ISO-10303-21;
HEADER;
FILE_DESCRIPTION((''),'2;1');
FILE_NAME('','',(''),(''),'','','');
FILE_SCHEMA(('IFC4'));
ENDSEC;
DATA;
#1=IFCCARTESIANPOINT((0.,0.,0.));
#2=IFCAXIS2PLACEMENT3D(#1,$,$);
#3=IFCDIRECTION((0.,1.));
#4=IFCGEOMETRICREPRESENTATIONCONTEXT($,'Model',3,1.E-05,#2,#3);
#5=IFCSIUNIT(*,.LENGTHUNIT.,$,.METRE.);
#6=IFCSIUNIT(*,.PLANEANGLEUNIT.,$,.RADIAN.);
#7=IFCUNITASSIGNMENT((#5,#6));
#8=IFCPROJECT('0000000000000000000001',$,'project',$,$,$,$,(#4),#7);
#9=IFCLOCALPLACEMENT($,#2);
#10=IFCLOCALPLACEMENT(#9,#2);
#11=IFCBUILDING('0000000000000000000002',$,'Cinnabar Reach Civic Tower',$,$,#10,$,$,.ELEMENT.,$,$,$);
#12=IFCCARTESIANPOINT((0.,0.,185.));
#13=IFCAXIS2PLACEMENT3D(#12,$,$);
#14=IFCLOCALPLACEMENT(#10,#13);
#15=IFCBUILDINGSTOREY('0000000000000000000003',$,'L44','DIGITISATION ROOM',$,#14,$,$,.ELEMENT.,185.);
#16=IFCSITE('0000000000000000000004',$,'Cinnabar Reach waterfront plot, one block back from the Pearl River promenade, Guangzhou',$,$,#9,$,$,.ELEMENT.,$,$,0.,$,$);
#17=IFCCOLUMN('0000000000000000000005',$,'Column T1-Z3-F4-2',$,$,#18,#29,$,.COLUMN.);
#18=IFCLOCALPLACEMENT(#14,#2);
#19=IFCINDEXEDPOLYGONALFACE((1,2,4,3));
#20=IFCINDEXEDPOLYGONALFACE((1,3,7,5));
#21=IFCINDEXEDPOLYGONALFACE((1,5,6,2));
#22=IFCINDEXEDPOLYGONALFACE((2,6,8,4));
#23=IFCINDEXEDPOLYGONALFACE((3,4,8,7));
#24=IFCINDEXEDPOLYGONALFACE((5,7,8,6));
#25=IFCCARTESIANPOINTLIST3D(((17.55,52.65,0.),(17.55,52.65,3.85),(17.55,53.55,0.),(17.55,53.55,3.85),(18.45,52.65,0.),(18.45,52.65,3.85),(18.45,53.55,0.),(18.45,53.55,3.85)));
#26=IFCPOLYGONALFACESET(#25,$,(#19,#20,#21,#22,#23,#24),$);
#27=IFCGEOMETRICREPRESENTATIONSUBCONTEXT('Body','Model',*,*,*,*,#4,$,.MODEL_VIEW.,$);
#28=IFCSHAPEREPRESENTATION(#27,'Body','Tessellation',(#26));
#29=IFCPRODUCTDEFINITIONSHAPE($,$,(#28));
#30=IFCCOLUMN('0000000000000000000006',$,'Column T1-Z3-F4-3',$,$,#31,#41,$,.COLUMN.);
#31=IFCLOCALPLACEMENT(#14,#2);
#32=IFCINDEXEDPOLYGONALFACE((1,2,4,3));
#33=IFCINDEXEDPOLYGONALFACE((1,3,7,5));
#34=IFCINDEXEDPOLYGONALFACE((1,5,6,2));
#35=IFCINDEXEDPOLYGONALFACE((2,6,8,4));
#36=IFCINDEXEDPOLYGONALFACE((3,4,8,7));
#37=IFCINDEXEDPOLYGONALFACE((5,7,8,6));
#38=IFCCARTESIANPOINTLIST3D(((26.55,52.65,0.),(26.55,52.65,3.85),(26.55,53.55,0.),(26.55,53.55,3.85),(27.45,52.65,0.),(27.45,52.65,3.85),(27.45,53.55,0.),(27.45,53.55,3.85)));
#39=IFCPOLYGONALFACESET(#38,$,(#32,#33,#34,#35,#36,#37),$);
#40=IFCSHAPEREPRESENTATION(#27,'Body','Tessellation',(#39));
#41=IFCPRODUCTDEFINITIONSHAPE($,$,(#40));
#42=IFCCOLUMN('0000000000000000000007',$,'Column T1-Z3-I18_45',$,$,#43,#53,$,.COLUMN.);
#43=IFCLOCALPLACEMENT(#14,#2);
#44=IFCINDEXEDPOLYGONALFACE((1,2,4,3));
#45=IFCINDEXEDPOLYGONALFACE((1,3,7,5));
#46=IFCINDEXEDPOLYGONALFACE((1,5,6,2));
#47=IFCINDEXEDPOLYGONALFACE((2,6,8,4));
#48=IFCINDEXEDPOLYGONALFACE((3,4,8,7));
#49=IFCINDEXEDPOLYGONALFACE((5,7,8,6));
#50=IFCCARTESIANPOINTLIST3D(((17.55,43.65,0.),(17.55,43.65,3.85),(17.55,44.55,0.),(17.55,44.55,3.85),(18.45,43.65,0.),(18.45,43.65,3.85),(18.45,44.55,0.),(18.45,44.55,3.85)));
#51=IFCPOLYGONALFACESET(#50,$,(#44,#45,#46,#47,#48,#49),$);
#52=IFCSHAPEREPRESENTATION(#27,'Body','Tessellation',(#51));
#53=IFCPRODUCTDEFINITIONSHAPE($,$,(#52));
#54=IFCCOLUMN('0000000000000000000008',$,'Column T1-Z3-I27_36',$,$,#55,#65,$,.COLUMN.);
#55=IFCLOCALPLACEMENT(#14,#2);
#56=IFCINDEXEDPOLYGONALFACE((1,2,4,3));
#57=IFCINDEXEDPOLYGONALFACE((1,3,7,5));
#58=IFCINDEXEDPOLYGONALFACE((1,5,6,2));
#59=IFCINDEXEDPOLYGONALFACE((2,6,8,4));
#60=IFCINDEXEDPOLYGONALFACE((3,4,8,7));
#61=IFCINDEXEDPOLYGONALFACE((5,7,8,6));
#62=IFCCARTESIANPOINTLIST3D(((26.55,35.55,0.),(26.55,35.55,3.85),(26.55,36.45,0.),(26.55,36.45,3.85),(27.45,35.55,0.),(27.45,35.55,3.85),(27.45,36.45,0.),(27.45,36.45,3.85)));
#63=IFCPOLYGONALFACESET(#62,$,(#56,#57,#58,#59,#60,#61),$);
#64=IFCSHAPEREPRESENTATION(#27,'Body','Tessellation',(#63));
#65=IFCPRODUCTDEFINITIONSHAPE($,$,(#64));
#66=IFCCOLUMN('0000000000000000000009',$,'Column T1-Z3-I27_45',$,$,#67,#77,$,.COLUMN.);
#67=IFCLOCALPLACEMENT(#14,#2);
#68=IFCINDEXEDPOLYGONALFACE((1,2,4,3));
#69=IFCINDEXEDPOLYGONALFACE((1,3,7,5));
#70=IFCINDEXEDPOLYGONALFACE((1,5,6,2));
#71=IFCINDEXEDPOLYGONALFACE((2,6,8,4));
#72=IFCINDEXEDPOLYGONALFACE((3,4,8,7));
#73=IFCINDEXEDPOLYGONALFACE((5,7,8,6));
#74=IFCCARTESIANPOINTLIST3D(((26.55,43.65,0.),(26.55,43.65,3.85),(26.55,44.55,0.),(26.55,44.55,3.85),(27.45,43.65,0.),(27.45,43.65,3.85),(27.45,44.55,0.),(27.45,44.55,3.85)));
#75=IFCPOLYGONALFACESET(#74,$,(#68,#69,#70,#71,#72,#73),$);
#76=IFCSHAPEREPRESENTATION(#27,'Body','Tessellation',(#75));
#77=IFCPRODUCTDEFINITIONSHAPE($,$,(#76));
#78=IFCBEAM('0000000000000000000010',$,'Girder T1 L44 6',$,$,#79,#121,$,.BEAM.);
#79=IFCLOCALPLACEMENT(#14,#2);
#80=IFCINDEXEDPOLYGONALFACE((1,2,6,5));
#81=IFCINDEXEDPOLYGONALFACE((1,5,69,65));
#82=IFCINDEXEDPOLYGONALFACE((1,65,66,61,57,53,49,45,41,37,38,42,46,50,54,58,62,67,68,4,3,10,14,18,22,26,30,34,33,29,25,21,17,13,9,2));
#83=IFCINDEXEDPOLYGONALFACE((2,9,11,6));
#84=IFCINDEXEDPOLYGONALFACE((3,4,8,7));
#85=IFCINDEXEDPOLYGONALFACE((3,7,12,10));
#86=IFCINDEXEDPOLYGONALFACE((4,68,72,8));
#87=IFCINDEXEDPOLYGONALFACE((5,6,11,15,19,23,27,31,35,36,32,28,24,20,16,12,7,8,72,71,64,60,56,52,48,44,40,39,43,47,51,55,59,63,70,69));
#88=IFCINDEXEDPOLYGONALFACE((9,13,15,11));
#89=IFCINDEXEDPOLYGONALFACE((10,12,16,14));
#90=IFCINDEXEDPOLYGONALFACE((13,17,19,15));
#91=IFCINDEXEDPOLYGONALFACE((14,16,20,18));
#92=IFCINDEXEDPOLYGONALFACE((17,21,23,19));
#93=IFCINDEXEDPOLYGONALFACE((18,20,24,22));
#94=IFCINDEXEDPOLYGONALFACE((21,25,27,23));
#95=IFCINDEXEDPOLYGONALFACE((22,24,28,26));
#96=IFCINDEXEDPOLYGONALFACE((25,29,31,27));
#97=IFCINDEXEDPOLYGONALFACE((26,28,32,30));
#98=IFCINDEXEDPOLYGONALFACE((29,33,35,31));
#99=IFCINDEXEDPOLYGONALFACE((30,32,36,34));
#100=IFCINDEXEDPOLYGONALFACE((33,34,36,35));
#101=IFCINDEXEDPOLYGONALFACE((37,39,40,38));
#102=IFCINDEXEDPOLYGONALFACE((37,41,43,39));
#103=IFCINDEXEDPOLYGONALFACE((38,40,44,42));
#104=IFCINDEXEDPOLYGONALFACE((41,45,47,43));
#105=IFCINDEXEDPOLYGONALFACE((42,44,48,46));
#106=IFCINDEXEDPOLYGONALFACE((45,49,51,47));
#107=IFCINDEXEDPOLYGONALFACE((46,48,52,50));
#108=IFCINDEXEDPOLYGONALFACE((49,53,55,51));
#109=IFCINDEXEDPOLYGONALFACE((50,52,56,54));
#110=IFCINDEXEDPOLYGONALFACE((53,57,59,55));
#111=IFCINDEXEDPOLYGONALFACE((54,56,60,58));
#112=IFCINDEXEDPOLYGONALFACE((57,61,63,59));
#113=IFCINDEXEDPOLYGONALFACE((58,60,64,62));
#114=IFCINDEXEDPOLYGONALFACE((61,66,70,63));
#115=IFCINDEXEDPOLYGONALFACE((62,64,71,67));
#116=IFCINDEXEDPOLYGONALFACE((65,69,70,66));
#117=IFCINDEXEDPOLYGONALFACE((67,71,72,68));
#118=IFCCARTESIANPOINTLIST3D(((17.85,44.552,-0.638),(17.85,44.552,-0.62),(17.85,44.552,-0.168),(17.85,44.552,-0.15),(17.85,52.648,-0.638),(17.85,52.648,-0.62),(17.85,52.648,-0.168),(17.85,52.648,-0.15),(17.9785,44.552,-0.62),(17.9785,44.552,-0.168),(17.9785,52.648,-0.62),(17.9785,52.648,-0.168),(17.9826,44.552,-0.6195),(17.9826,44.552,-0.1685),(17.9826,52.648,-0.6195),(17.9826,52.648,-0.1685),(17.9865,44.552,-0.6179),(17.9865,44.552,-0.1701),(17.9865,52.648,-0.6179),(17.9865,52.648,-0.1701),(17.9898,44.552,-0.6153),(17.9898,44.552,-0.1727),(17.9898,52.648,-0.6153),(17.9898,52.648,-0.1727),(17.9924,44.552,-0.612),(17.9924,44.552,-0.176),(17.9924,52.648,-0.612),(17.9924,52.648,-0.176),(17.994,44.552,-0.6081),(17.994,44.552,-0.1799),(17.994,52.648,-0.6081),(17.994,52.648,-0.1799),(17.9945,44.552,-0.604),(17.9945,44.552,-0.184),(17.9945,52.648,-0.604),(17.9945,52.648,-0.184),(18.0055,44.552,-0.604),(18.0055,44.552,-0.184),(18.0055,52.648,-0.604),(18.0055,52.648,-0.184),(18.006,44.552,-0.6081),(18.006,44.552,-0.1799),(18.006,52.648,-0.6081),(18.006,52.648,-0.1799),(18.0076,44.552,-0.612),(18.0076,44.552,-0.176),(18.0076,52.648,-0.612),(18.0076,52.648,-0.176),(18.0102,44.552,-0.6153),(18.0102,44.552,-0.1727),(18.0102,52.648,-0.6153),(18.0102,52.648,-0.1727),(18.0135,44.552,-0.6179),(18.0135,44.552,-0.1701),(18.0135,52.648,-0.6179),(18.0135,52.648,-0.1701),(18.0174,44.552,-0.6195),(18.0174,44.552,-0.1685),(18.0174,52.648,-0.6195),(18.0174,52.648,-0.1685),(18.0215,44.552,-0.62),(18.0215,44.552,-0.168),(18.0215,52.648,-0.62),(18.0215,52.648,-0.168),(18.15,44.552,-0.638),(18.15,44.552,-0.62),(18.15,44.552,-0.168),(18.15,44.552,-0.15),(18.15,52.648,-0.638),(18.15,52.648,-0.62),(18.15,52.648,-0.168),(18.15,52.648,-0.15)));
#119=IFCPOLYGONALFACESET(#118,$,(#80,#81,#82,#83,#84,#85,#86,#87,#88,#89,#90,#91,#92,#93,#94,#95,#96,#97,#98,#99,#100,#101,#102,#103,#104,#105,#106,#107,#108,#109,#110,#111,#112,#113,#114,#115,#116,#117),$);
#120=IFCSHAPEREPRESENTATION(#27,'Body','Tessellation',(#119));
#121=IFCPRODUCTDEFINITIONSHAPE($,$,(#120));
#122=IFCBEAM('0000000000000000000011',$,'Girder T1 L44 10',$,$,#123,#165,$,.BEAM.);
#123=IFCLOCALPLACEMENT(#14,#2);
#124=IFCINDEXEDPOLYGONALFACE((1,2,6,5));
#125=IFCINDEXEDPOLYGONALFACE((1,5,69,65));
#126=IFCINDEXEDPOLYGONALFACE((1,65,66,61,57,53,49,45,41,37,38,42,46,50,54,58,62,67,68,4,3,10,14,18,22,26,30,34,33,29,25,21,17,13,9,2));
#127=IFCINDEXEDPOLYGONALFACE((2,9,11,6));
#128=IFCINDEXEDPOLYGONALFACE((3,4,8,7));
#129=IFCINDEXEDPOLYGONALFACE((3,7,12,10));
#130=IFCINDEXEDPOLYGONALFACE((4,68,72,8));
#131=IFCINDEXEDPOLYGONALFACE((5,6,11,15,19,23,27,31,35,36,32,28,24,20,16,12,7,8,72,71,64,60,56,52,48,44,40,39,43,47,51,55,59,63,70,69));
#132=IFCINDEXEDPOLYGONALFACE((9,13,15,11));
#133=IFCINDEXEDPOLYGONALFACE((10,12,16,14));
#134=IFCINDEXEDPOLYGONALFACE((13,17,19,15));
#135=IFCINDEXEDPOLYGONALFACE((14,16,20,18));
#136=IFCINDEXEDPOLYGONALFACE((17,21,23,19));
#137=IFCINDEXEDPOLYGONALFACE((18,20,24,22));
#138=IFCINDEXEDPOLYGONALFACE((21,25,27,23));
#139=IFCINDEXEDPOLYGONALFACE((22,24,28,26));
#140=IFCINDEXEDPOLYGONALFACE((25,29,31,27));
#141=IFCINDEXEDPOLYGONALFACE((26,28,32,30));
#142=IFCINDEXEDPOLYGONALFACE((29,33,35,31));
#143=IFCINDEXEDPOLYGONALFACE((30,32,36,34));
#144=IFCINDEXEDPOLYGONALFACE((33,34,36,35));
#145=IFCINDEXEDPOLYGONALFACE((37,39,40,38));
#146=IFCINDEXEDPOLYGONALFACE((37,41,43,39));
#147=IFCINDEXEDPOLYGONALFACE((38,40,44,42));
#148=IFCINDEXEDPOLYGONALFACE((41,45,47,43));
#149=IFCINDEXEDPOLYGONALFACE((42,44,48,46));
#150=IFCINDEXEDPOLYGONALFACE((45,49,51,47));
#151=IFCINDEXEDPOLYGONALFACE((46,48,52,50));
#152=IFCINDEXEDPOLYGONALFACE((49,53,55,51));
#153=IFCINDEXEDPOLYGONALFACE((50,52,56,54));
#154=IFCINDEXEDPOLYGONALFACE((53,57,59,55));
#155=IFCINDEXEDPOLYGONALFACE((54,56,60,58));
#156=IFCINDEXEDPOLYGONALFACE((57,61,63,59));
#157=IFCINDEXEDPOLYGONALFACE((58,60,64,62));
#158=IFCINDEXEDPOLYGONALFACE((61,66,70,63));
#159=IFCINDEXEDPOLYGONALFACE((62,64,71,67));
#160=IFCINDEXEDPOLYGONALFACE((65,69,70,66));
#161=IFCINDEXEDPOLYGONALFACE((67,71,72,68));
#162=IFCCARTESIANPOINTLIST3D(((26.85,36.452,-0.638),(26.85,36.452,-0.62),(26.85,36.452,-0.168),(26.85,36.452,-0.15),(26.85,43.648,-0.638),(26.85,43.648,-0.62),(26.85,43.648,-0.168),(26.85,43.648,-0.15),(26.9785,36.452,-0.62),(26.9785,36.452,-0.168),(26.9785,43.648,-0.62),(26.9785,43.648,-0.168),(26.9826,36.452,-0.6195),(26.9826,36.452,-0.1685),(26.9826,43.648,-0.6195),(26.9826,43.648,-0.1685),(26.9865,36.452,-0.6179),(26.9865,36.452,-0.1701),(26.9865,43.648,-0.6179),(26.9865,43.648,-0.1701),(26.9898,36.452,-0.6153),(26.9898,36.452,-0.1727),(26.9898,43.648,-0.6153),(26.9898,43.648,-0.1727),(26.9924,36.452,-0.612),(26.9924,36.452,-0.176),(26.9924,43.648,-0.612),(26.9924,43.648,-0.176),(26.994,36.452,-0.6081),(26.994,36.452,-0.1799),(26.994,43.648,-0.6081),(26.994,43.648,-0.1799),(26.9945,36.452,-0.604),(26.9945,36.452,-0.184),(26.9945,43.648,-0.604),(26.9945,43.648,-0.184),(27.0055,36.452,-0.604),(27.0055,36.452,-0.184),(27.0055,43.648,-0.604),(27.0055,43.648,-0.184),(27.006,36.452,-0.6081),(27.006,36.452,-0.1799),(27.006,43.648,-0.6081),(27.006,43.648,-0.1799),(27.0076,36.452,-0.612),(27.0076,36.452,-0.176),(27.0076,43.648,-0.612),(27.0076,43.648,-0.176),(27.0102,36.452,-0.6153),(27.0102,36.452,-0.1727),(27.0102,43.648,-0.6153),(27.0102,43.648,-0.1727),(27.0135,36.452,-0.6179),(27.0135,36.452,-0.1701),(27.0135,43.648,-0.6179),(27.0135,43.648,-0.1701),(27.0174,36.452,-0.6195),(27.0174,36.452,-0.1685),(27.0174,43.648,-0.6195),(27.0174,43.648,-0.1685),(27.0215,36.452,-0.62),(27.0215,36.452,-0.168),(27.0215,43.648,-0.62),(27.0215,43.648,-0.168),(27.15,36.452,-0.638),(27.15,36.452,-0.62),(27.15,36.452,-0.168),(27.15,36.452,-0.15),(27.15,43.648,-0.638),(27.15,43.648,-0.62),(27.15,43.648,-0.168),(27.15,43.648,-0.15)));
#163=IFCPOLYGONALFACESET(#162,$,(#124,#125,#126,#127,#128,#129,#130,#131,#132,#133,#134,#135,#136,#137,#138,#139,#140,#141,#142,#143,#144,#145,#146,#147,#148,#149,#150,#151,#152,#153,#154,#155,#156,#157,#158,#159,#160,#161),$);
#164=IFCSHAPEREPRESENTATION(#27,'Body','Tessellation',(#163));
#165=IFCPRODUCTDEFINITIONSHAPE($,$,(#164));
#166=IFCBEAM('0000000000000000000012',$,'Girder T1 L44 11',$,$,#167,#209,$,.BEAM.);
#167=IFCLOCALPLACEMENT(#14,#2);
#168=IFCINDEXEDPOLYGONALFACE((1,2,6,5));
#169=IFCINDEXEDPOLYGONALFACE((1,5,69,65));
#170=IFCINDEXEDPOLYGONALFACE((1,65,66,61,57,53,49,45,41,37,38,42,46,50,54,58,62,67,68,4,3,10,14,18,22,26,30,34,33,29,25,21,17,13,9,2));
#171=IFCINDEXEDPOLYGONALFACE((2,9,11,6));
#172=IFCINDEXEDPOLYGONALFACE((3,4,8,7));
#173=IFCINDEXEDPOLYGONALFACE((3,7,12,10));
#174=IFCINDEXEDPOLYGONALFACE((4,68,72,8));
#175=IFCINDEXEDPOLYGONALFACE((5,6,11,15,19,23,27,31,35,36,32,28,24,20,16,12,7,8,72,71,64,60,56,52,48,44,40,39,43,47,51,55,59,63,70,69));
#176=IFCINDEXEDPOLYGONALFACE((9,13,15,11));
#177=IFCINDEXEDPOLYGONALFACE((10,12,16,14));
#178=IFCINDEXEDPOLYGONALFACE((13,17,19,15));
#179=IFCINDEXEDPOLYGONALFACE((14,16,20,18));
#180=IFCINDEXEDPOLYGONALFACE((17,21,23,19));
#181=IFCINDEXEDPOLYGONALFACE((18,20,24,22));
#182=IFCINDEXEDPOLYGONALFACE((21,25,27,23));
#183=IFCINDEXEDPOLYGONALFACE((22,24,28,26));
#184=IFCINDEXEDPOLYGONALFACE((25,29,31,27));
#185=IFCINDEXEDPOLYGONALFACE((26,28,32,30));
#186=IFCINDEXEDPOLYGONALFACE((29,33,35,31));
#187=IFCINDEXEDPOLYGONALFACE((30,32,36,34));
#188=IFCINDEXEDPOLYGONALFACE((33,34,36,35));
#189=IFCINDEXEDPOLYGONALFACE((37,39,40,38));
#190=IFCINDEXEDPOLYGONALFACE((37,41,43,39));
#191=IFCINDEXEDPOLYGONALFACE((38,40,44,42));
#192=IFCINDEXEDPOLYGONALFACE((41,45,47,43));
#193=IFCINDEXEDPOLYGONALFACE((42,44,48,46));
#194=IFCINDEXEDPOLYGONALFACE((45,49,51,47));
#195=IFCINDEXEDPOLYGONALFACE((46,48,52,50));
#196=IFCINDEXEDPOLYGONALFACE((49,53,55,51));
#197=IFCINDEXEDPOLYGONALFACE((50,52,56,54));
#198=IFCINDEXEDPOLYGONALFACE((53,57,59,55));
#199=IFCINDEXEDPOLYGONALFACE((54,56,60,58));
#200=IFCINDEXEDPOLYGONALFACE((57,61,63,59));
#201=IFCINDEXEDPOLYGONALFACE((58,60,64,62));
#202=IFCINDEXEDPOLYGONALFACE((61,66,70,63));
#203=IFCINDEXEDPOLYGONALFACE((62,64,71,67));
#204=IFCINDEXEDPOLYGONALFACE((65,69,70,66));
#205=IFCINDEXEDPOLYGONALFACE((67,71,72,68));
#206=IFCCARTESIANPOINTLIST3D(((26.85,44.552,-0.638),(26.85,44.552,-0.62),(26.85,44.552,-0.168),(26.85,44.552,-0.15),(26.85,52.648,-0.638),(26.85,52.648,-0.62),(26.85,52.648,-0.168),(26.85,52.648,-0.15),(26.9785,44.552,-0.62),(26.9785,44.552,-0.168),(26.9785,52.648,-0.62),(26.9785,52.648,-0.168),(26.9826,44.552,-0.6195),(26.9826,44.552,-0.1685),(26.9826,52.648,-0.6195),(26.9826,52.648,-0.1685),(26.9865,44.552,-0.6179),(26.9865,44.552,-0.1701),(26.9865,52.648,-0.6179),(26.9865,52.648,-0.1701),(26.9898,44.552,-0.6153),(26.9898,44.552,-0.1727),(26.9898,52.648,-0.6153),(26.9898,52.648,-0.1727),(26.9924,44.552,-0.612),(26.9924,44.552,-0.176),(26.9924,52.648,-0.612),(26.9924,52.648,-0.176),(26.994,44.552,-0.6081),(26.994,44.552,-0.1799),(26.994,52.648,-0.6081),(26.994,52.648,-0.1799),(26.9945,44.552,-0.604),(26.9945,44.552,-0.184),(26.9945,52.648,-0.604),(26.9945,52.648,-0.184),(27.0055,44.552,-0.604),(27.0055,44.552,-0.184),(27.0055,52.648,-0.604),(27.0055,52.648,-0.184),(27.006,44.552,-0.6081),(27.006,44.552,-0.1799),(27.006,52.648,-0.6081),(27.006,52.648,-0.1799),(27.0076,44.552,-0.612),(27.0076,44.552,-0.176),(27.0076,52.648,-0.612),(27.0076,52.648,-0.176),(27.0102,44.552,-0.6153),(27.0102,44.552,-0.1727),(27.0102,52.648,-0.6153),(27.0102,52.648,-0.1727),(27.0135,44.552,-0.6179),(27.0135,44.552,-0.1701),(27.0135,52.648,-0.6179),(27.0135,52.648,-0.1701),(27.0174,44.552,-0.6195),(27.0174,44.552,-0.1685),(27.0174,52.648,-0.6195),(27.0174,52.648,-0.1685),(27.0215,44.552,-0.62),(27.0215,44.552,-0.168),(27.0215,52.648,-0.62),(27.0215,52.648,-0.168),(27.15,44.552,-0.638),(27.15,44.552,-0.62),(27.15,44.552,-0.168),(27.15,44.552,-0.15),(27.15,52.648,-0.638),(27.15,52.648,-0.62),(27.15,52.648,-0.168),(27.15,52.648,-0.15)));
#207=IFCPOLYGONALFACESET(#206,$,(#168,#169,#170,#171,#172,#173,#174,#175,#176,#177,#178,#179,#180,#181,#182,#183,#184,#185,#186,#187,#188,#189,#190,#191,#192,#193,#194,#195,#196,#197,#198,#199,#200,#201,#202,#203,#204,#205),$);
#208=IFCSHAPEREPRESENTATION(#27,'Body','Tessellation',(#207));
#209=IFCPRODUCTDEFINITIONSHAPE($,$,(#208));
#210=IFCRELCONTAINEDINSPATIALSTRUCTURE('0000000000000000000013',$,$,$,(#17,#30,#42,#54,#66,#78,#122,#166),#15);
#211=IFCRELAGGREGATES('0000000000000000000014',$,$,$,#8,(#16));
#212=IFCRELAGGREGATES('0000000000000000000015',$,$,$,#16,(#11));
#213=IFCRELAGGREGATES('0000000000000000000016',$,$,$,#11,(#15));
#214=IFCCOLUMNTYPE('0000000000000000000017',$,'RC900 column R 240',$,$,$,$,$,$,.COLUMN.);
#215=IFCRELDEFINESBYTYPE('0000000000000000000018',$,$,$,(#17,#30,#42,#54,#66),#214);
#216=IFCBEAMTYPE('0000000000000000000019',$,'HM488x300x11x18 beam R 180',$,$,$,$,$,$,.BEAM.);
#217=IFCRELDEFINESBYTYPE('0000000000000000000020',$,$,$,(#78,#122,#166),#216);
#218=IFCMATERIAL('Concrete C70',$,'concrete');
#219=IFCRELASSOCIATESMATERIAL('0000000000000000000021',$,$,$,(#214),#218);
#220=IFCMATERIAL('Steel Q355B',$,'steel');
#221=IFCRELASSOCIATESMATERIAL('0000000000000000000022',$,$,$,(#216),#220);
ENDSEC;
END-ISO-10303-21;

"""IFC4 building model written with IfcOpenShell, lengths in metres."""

from ifc_helpers import new_model, si_unit, direction, frame, origin, origin_2d, place, context, subcontext, project, spatial, rectangle, i_section, extrude, material, material_profile, profile_set, type_object, element, save


model = new_model("IFC4")

# Units and contexts
model_context = context("Model", 3, precision=1e-05, world=origin(), true_north=direction((0.0, 1.0)))
body_context = subcontext(model_context, "Body", "Model", "MODEL_VIEW")
ifc_project = project(units=[si_unit("LENGTHUNIT", "METRE"), si_unit("PLANEANGLEUNIT", "RADIAN")], contexts=[model_context])

# Site, building, storey
site_placement = place(None, origin())
site = spatial("IfcSite", under=ifc_project, at=site_placement, Name="Cinnabar Reach waterfront plot, one block back from the Pearl River promenade, Guangzhou", CompositionType="ELEMENT", RefElevation=0.0)
building_placement = place(site_placement, origin())
building = spatial("IfcBuilding", under=site, at=building_placement, Name="Cinnabar Reach Civic Tower", CompositionType="ELEMENT")
storey_placement = place(building_placement, frame((0.0, 0.0, 185.0)))
storey = spatial("IfcBuildingStorey", under=building, at=storey_placement, Name="L44", Description="DIGITISATION ROOM", CompositionType="ELEMENT", Elevation=185.0)

# Columns
ifc_material_1 = material(Name="Concrete C70", Category="concrete")
ifc_material_profile_1 = material_profile(ifc_material_1, rectangle(XDim=0.9, YDim=0.9, at=origin_2d()), Name="RC900")
ifc_profile_set_1 = profile_set([ifc_material_profile_1], Name="Concrete C70")
column_type = type_object("IfcColumnType", Name="RC900 column R 240", PredefinedType="COLUMN", material=ifc_profile_set_1)
for number, where, z_axis, x_axis, name in (
    (1, (18.0, 53.1, 0.0), (0.0, 0.0, 1.0), (1.0, 0.0, 0.0), "Column T1-Z3-F4-2"),
    (2, (27.0, 53.1, 0.0), (0.0, 0.0, 1.0), (1.0, 0.0, 0.0), "Column T1-Z3-F4-3"),
    (3, (18.0, 44.1, 0.0), (0.0, 0.0, 1.0), (1.0, 0.0, 0.0), "Column T1-Z3-I18_45"),
    (4, (27.0, 36.0, 0.0), (0.0, 0.0, 1.0), (1.0, 0.0, 0.0), "Column T1-Z3-I27_36"),
    (5, (27.0, 44.1, 0.0), (0.0, 0.0, 1.0), (1.0, 0.0, 0.0), "Column T1-Z3-I27_45"),
):
    element("IfcColumn", number, at=place(storey_placement, frame(where, z_axis=z_axis, x_axis=x_axis)), inside=storey, type_object=column_type, Name=name, PredefinedType="COLUMN", context=body_context, shape_type="SweptSolid", body=[
        extrude(rectangle(XDim=0.9, YDim=0.9, at=origin_2d()), origin(), (0.0, 0.0, 1.0), 3.85),
    ])

# Beams
ifc_material_2 = material(Name="Steel Q355B", Category="steel")
ifc_material_profile_2 = material_profile(ifc_material_2, i_section(OverallWidth=0.3, OverallDepth=0.488, WebThickness=0.011, FlangeThickness=0.018, FilletRadius=0.016, at=origin_2d()), Name="HM488x300x11x18")
ifc_profile_set_2 = profile_set([ifc_material_profile_2], Name="Steel Q355B")
beam_type_1 = type_object("IfcBeamType", Name="HM488x300x11x18 beam R 180", PredefinedType="BEAM", material=ifc_profile_set_2)
beam_1_placement = place(storey_placement, frame((18.0, 44.552, -0.394), z_axis=(0.0, 1.0, 0.0), x_axis=(-1.0, 0.0, 0.0)))
element("IfcBeam", 6, at=beam_1_placement, inside=storey, type_object=beam_type_1, Name="Girder T1 L44 6", PredefinedType="BEAM", context=body_context, shape_type="SweptSolid", body=[
    extrude(i_section(OverallWidth=0.3, OverallDepth=0.488, WebThickness=0.011, FlangeThickness=0.018, FilletRadius=0.016, at=origin_2d()), origin(), (0.0, 0.0, 1.0), 8.096),
])
beam_2_placement = place(storey_placement, frame((27.0, 36.452, -0.394), z_axis=(0.0, 1.0, 0.0), x_axis=(-1.0, 0.0, 0.0)))
element("IfcBeam", 7, at=beam_2_placement, inside=storey, type_object=beam_type_1, Name="Girder T1 L44 10", PredefinedType="BEAM", context=body_context, shape_type="SweptSolid", body=[
    extrude(i_section(OverallWidth=0.3, OverallDepth=0.488, WebThickness=0.011, FlangeThickness=0.018, FilletRadius=0.016, at=origin_2d()), origin(), (0.0, 0.0, 1.0), 7.196),
])
beam_3_placement = place(storey_placement, frame((27.0, 44.552, -0.394), z_axis=(0.0, 1.0, 0.0), x_axis=(-1.0, 0.0, 0.0)))
element("IfcBeam", 8, at=beam_3_placement, inside=storey, type_object=beam_type_1, Name="Girder T1 L44 11", PredefinedType="BEAM", context=body_context, shape_type="SweptSolid", body=[
    extrude(i_section(OverallWidth=0.3, OverallDepth=0.488, WebThickness=0.011, FlangeThickness=0.018, FilletRadius=0.016, at=origin_2d()), origin(), (0.0, 0.0, 1.0), 8.096),
])

save(model, "model.ifc")
